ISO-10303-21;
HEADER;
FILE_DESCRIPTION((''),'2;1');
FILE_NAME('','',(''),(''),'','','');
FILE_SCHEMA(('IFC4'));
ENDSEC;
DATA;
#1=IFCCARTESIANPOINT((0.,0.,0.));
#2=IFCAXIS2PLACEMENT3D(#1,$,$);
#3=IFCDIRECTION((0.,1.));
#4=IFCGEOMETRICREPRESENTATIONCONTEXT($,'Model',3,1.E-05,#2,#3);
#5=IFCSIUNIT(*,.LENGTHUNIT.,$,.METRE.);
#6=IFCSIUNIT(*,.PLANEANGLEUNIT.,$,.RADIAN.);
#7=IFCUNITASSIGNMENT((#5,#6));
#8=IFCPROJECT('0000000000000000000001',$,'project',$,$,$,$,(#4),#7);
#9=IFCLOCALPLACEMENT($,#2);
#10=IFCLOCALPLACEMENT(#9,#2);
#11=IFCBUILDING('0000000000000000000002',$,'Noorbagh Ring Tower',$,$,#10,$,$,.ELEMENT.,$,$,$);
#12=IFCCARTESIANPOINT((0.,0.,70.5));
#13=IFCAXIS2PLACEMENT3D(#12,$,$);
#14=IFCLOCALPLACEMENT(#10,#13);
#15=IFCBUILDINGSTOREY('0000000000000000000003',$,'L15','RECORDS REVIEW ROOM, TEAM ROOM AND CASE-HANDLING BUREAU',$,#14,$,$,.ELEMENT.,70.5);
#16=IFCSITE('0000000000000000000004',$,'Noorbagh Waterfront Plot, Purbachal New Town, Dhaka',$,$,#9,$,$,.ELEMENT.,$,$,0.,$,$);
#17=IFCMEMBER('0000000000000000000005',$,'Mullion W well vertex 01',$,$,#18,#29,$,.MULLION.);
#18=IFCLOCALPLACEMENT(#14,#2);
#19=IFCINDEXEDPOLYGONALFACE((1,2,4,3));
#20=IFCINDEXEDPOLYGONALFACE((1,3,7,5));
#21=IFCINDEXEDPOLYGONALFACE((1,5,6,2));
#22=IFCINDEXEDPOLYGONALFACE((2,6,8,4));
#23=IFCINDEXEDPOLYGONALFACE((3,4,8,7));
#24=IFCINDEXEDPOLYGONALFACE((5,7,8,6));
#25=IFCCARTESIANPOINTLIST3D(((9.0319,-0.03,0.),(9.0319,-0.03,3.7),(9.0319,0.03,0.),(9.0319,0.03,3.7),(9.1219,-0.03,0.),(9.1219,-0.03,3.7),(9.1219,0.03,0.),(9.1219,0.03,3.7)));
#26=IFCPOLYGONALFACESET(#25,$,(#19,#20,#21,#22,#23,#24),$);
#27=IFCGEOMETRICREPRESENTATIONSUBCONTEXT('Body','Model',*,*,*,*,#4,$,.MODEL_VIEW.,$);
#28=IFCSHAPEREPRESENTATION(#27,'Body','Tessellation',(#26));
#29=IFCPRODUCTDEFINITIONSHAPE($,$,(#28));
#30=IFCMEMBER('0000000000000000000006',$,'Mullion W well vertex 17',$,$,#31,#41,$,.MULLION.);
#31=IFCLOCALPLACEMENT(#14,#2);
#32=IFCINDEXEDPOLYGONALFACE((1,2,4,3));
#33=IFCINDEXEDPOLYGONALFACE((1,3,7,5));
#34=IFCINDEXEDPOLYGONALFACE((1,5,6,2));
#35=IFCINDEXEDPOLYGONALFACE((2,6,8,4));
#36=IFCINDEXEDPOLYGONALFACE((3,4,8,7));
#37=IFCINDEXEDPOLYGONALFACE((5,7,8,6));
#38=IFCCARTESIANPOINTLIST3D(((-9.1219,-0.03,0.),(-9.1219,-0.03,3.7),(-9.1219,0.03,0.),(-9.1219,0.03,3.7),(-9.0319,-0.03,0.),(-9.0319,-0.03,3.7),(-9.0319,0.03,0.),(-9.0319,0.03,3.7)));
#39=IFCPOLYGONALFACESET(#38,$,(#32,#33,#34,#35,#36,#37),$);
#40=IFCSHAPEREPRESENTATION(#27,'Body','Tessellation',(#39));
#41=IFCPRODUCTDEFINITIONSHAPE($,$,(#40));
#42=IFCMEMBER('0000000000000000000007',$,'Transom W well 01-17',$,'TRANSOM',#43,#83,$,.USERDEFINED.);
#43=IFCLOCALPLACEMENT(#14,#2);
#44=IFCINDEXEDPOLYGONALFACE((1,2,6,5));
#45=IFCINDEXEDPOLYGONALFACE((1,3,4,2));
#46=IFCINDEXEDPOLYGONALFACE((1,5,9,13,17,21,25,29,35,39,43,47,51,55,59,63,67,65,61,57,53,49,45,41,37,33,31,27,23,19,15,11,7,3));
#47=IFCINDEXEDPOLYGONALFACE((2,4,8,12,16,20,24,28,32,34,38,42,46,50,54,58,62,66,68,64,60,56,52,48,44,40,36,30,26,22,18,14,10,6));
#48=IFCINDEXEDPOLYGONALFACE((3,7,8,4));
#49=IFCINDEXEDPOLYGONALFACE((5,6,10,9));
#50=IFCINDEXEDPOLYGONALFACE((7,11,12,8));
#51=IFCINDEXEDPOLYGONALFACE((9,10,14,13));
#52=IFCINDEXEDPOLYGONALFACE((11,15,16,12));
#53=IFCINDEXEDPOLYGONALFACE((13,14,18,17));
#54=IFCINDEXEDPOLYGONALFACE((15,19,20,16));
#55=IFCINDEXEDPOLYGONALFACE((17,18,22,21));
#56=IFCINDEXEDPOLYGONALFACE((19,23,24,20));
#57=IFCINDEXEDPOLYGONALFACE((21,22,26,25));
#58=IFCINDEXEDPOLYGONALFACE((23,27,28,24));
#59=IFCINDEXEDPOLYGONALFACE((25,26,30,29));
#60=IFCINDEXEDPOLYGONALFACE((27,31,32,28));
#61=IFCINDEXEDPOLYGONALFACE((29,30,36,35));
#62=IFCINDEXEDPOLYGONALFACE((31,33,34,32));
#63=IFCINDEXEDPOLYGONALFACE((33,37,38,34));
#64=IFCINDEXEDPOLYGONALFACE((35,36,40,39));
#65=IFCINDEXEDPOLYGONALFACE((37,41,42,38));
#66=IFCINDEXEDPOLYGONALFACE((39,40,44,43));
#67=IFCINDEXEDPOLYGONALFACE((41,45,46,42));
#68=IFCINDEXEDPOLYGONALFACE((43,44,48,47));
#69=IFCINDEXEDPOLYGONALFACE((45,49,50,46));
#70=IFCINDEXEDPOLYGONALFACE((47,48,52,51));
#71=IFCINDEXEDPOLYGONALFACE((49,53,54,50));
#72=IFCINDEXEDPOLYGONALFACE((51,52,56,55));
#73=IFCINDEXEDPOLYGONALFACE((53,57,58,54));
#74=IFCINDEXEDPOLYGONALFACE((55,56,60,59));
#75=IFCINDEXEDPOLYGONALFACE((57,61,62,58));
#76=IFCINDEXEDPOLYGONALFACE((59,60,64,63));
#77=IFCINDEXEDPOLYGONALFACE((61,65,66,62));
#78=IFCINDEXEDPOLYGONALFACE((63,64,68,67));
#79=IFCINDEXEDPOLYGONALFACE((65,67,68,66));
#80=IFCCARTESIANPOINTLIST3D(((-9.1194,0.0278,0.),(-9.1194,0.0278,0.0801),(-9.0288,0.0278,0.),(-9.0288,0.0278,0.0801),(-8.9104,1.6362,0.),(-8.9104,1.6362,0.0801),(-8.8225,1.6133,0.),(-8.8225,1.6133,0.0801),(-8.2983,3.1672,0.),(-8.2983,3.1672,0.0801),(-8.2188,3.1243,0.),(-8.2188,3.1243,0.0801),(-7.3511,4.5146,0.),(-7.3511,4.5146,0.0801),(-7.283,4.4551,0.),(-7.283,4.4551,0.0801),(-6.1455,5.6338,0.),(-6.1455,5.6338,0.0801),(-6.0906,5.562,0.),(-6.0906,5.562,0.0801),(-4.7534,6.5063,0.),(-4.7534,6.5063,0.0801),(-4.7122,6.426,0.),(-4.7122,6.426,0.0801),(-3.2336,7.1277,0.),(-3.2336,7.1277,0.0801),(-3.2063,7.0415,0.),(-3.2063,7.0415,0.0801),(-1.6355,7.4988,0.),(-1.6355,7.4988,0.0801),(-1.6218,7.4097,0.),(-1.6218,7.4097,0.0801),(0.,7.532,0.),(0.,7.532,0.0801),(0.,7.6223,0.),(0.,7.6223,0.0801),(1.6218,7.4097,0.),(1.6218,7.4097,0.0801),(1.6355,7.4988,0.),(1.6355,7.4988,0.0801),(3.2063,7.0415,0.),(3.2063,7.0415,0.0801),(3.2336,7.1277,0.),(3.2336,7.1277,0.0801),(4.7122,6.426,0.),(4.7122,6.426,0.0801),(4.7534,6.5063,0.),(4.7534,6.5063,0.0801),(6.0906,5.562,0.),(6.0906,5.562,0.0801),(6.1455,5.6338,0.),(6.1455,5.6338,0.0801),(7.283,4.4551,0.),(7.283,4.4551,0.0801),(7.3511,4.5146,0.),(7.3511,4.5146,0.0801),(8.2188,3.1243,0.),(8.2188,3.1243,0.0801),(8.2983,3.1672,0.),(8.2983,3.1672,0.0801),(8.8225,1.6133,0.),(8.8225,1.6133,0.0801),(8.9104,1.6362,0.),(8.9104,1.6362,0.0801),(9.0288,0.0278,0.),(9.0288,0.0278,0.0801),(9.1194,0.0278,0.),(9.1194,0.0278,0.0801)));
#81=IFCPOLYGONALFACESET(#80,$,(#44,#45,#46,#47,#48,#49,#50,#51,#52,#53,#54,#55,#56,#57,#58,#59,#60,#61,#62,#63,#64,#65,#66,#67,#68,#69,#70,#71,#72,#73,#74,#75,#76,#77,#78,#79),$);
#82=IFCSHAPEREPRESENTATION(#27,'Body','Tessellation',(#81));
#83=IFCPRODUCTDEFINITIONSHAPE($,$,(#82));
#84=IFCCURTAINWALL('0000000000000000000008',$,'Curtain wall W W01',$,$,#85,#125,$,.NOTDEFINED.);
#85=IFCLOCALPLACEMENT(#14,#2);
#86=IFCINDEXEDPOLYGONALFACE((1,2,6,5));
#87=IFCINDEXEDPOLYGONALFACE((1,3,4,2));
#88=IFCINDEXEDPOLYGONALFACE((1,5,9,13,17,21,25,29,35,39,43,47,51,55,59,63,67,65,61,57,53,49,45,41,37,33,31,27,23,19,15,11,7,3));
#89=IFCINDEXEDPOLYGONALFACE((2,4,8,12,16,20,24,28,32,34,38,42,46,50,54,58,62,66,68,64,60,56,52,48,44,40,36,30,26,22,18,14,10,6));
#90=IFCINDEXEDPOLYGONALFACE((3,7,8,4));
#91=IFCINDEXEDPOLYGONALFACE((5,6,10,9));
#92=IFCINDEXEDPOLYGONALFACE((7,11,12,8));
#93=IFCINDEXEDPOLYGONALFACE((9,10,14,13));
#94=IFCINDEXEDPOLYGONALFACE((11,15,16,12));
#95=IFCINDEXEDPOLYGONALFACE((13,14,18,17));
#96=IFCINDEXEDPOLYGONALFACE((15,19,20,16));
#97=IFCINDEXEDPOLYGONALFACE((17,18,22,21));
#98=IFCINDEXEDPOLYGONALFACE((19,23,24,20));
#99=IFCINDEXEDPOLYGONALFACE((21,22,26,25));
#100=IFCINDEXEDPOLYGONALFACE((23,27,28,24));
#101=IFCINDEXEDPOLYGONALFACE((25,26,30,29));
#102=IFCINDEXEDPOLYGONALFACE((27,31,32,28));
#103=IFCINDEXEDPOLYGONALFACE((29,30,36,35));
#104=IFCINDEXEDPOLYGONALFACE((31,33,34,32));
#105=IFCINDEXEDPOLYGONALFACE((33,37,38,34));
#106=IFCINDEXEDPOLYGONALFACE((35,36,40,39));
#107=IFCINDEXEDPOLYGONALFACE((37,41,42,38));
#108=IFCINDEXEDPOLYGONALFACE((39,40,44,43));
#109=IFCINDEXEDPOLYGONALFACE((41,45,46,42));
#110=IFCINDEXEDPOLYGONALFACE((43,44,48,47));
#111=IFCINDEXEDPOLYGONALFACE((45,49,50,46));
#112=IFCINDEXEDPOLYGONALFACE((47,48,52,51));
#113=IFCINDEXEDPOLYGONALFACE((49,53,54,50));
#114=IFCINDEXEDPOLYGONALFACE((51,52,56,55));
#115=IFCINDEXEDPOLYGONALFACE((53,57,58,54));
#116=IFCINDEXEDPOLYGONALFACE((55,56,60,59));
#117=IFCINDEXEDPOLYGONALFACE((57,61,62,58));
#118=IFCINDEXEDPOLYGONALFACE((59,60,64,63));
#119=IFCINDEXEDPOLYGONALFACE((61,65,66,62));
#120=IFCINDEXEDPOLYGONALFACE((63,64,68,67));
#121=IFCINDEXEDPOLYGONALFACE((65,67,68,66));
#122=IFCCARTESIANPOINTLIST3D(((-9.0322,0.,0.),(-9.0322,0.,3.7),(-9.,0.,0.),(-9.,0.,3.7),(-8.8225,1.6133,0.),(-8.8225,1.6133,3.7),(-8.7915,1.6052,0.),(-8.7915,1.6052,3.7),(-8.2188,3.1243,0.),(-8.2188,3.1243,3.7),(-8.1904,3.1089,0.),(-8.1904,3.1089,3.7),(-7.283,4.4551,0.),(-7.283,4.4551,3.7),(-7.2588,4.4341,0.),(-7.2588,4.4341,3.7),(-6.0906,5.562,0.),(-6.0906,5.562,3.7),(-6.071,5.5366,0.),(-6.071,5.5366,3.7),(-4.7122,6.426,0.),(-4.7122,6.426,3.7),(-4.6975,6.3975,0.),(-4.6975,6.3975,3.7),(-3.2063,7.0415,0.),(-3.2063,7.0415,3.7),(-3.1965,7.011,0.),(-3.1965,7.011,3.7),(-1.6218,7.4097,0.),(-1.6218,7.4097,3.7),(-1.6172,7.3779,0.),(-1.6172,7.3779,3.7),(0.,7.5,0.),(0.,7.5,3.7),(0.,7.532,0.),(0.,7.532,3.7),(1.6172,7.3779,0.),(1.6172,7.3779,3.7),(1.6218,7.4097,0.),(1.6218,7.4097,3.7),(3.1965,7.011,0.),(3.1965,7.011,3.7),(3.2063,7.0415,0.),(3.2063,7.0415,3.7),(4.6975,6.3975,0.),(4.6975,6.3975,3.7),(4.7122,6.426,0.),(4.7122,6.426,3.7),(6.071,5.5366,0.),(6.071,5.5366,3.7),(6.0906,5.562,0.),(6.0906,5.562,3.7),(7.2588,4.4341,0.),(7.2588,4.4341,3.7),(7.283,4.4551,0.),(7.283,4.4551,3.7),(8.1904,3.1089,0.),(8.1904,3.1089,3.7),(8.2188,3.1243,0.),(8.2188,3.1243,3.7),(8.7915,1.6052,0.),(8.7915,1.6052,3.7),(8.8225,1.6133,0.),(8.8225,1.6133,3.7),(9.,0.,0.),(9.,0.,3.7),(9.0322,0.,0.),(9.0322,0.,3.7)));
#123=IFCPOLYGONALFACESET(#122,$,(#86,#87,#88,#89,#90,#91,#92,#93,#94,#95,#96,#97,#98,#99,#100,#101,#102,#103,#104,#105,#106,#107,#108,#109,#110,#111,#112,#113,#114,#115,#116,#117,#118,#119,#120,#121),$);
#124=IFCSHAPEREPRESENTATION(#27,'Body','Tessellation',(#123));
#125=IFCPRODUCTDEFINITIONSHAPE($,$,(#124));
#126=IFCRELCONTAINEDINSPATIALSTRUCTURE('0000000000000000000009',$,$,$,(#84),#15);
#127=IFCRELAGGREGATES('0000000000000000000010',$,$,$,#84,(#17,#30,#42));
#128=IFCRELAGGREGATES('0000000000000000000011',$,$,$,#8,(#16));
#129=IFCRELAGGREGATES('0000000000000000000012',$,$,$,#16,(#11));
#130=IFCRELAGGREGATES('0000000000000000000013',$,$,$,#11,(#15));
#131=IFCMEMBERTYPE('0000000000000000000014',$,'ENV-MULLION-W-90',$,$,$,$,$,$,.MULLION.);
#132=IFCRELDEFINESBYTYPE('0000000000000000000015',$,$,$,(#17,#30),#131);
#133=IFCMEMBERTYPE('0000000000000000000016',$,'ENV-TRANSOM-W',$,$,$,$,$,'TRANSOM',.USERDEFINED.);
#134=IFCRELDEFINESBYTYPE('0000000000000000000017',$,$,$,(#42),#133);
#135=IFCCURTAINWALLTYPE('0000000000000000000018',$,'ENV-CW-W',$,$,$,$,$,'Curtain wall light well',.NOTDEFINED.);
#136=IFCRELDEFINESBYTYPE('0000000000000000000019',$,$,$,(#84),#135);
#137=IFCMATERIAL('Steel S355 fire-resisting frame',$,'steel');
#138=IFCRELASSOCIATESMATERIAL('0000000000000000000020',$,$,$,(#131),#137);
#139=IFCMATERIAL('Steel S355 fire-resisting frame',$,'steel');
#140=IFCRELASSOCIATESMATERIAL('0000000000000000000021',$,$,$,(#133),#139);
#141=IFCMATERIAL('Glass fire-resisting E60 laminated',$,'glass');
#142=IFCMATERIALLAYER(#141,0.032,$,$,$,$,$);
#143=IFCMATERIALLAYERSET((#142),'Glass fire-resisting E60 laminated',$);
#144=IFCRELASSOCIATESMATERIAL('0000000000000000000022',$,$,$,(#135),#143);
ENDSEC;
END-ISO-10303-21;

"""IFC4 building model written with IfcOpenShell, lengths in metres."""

from ifc_helpers import new_model, si_unit, direction, frame, origin, origin_2d, place, context, subcontext, project, spatial, polyline, rectangle, outline, extrude, material, layer, layer_set, material_profile, profile_set, type_object, element, aggregate, save


model = new_model("IFC4")

# Units and contexts
model_context = context("Model", 3, precision=1e-05, world=origin(), true_north=direction((0.0, 1.0)))
body_context = subcontext(model_context, "Body", "Model", "MODEL_VIEW")
ifc_project = project(units=[si_unit("LENGTHUNIT", "METRE"), si_unit("PLANEANGLEUNIT", "RADIAN")], contexts=[model_context])

# Members
site_placement = place(None, origin())
building_placement = place(site_placement, origin())
storey_placement = place(building_placement, frame((0.0, 0.0, 70.5)))
ifc_material_1 = material(Name="Steel S355 fire-resisting frame", Category="steel")
ifc_material_profile_1 = material_profile(ifc_material_1, rectangle(XDim=0.0901, YDim=0.0601, at=origin_2d()), Name="90x60")
ifc_profile_set_1 = profile_set([ifc_material_profile_1], Name="Steel S355 fire-resisting frame")
member_type_1 = type_object("IfcMemberType", Name="ENV-MULLION-W-90", PredefinedType="MULLION", material=ifc_profile_set_1)
member_1_placement = place(storey_placement, frame((9.0769, 0.0, 0.0), z_axis=(0.0, 0.0, 1.0), x_axis=(1.0, 0.0, 0.0)))
member_1 = element("IfcMember", 1, at=member_1_placement, type_object=member_type_1, Name="Mullion W well vertex 01", PredefinedType="MULLION", context=body_context, shape_type="SweptSolid", body=[
    extrude(rectangle(XDim=0.0901, YDim=0.0601, at=origin_2d()), origin(), (0.0, 0.0, 1.0), 3.7),
])
member_2_placement = place(storey_placement, frame((-9.0769, 0.0, 0.0), z_axis=(0.0, 0.0, 1.0), x_axis=(-1.0, 0.0, 0.0)))
member_2 = element("IfcMember", 2, at=member_2_placement, type_object=member_type_1, Name="Mullion W well vertex 17", PredefinedType="MULLION", context=body_context, shape_type="SweptSolid", body=[
    extrude(rectangle(XDim=0.0901, YDim=0.0601, at=origin_2d()), origin(), (0.0, 0.0, 1.0), 3.7),
])
ifc_material_2 = material(Name="Steel S355 fire-resisting frame", Category="steel")
member_type_2 = type_object("IfcMemberType", Name="ENV-TRANSOM-W", ElementType="TRANSOM", PredefinedType="USERDEFINED", material=ifc_material_2)
member_3_placement = place(storey_placement, origin())
member_3 = element("IfcMember", 3, at=member_3_placement, type_object=member_type_2, Name="Transom W well 01-17", ObjectType="TRANSOM", PredefinedType="USERDEFINED", context=body_context, shape_type="SweptSolid", body=[
    extrude(outline(polyline([(9.1194, 0.0278), (8.9104, 1.6362), (8.2983, 3.1672), (7.3511, 4.5146), (6.1455, 5.6338), (4.7534, 6.5063), (3.2336, 7.1277), (1.6355, 7.4988), (0.0, 7.6223), (-1.6355, 7.4988), (-3.2336, 7.1277), (-4.7534, 6.5063), (-6.1455, 5.6338), (-7.3511, 4.5146), (-8.2983, 3.1672), (-8.9104, 1.6362), (-9.1194, 0.0278), (-9.0288, 0.0278), (-8.8225, 1.6133), (-8.2188, 3.1243), (-7.283, 4.4551), (-6.0906, 5.562), (-4.7122, 6.426), (-3.2063, 7.0415), (-1.6218, 7.4097), (0.0, 7.532), (1.6218, 7.4097), (3.2063, 7.0415), (4.7122, 6.426), (6.0906, 5.562), (7.283, 4.4551), (8.2188, 3.1243), (8.8225, 1.6133), (9.0288, 0.0278), (9.1194, 0.0278)])), origin(), (0.0, 0.0, 1.0), 0.0801),
])

# Site, building, storey
site = spatial("IfcSite", under=ifc_project, at=site_placement, Name="Noorbagh Waterfront Plot, Purbachal New Town, Dhaka", CompositionType="ELEMENT", RefElevation=0.0)
building = spatial("IfcBuilding", under=site, at=building_placement, Name="Noorbagh Ring Tower", CompositionType="ELEMENT")
storey = spatial("IfcBuildingStorey", under=building, at=storey_placement, Name="L15", Description="RECORDS REVIEW ROOM, TEAM ROOM AND CASE-HANDLING BUREAU", CompositionType="ELEMENT", Elevation=70.5)

# Curtain wall
ifc_material_3 = material(Name="Glass fire-resisting E60 laminated", Category="glass")
ifc_layer_1 = layer(ifc_material_3, 0.032)
ifc_layer_set_1 = layer_set([ifc_layer_1], Name="Glass fire-resisting E60 laminated")
curtain_wall_type_1 = type_object("IfcCurtainWallType", Name="ENV-CW-W", ElementType="Curtain wall light well", PredefinedType="NOTDEFINED", material=ifc_layer_set_1)
curtain_wall_1_placement = place(storey_placement, origin())
curtain_wall_1 = element("IfcCurtainWall", 4, at=curtain_wall_1_placement, inside=storey, type_object=curtain_wall_type_1, Name="Curtain wall W W01", PredefinedType="NOTDEFINED", context=body_context, shape_type="SweptSolid", body=[
    extrude(outline(polyline([(9.0322, 0.0), (8.8225, 1.6133), (8.2188, 3.1243), (7.283, 4.4551), (6.0906, 5.562), (4.7122, 6.426), (3.2063, 7.0415), (1.6218, 7.4097), (0.0, 7.532), (-1.6218, 7.4097), (-3.2063, 7.0415), (-4.7122, 6.426), (-6.0906, 5.562), (-7.283, 4.4551), (-8.2188, 3.1243), (-8.8225, 1.6133), (-9.0322, 0.0), (-9.0, 0.0), (-8.7915, 1.6052), (-8.1904, 3.1089), (-7.2588, 4.4341), (-6.071, 5.5366), (-4.6975, 6.3975), (-3.1965, 7.011), (-1.6172, 7.3779), (0.0, 7.5), (1.6172, 7.3779), (3.1965, 7.011), (4.6975, 6.3975), (6.071, 5.5366), (7.2588, 4.4341), (8.1904, 3.1089), (8.7915, 1.6052), (9.0, 0.0), (9.0322, 0.0)])), origin(), (0.0, 0.0, 1.0), 3.7),
])
aggregate(curtain_wall_1, [member_1, member_2, member_3])

save(model, "model.ifc")
